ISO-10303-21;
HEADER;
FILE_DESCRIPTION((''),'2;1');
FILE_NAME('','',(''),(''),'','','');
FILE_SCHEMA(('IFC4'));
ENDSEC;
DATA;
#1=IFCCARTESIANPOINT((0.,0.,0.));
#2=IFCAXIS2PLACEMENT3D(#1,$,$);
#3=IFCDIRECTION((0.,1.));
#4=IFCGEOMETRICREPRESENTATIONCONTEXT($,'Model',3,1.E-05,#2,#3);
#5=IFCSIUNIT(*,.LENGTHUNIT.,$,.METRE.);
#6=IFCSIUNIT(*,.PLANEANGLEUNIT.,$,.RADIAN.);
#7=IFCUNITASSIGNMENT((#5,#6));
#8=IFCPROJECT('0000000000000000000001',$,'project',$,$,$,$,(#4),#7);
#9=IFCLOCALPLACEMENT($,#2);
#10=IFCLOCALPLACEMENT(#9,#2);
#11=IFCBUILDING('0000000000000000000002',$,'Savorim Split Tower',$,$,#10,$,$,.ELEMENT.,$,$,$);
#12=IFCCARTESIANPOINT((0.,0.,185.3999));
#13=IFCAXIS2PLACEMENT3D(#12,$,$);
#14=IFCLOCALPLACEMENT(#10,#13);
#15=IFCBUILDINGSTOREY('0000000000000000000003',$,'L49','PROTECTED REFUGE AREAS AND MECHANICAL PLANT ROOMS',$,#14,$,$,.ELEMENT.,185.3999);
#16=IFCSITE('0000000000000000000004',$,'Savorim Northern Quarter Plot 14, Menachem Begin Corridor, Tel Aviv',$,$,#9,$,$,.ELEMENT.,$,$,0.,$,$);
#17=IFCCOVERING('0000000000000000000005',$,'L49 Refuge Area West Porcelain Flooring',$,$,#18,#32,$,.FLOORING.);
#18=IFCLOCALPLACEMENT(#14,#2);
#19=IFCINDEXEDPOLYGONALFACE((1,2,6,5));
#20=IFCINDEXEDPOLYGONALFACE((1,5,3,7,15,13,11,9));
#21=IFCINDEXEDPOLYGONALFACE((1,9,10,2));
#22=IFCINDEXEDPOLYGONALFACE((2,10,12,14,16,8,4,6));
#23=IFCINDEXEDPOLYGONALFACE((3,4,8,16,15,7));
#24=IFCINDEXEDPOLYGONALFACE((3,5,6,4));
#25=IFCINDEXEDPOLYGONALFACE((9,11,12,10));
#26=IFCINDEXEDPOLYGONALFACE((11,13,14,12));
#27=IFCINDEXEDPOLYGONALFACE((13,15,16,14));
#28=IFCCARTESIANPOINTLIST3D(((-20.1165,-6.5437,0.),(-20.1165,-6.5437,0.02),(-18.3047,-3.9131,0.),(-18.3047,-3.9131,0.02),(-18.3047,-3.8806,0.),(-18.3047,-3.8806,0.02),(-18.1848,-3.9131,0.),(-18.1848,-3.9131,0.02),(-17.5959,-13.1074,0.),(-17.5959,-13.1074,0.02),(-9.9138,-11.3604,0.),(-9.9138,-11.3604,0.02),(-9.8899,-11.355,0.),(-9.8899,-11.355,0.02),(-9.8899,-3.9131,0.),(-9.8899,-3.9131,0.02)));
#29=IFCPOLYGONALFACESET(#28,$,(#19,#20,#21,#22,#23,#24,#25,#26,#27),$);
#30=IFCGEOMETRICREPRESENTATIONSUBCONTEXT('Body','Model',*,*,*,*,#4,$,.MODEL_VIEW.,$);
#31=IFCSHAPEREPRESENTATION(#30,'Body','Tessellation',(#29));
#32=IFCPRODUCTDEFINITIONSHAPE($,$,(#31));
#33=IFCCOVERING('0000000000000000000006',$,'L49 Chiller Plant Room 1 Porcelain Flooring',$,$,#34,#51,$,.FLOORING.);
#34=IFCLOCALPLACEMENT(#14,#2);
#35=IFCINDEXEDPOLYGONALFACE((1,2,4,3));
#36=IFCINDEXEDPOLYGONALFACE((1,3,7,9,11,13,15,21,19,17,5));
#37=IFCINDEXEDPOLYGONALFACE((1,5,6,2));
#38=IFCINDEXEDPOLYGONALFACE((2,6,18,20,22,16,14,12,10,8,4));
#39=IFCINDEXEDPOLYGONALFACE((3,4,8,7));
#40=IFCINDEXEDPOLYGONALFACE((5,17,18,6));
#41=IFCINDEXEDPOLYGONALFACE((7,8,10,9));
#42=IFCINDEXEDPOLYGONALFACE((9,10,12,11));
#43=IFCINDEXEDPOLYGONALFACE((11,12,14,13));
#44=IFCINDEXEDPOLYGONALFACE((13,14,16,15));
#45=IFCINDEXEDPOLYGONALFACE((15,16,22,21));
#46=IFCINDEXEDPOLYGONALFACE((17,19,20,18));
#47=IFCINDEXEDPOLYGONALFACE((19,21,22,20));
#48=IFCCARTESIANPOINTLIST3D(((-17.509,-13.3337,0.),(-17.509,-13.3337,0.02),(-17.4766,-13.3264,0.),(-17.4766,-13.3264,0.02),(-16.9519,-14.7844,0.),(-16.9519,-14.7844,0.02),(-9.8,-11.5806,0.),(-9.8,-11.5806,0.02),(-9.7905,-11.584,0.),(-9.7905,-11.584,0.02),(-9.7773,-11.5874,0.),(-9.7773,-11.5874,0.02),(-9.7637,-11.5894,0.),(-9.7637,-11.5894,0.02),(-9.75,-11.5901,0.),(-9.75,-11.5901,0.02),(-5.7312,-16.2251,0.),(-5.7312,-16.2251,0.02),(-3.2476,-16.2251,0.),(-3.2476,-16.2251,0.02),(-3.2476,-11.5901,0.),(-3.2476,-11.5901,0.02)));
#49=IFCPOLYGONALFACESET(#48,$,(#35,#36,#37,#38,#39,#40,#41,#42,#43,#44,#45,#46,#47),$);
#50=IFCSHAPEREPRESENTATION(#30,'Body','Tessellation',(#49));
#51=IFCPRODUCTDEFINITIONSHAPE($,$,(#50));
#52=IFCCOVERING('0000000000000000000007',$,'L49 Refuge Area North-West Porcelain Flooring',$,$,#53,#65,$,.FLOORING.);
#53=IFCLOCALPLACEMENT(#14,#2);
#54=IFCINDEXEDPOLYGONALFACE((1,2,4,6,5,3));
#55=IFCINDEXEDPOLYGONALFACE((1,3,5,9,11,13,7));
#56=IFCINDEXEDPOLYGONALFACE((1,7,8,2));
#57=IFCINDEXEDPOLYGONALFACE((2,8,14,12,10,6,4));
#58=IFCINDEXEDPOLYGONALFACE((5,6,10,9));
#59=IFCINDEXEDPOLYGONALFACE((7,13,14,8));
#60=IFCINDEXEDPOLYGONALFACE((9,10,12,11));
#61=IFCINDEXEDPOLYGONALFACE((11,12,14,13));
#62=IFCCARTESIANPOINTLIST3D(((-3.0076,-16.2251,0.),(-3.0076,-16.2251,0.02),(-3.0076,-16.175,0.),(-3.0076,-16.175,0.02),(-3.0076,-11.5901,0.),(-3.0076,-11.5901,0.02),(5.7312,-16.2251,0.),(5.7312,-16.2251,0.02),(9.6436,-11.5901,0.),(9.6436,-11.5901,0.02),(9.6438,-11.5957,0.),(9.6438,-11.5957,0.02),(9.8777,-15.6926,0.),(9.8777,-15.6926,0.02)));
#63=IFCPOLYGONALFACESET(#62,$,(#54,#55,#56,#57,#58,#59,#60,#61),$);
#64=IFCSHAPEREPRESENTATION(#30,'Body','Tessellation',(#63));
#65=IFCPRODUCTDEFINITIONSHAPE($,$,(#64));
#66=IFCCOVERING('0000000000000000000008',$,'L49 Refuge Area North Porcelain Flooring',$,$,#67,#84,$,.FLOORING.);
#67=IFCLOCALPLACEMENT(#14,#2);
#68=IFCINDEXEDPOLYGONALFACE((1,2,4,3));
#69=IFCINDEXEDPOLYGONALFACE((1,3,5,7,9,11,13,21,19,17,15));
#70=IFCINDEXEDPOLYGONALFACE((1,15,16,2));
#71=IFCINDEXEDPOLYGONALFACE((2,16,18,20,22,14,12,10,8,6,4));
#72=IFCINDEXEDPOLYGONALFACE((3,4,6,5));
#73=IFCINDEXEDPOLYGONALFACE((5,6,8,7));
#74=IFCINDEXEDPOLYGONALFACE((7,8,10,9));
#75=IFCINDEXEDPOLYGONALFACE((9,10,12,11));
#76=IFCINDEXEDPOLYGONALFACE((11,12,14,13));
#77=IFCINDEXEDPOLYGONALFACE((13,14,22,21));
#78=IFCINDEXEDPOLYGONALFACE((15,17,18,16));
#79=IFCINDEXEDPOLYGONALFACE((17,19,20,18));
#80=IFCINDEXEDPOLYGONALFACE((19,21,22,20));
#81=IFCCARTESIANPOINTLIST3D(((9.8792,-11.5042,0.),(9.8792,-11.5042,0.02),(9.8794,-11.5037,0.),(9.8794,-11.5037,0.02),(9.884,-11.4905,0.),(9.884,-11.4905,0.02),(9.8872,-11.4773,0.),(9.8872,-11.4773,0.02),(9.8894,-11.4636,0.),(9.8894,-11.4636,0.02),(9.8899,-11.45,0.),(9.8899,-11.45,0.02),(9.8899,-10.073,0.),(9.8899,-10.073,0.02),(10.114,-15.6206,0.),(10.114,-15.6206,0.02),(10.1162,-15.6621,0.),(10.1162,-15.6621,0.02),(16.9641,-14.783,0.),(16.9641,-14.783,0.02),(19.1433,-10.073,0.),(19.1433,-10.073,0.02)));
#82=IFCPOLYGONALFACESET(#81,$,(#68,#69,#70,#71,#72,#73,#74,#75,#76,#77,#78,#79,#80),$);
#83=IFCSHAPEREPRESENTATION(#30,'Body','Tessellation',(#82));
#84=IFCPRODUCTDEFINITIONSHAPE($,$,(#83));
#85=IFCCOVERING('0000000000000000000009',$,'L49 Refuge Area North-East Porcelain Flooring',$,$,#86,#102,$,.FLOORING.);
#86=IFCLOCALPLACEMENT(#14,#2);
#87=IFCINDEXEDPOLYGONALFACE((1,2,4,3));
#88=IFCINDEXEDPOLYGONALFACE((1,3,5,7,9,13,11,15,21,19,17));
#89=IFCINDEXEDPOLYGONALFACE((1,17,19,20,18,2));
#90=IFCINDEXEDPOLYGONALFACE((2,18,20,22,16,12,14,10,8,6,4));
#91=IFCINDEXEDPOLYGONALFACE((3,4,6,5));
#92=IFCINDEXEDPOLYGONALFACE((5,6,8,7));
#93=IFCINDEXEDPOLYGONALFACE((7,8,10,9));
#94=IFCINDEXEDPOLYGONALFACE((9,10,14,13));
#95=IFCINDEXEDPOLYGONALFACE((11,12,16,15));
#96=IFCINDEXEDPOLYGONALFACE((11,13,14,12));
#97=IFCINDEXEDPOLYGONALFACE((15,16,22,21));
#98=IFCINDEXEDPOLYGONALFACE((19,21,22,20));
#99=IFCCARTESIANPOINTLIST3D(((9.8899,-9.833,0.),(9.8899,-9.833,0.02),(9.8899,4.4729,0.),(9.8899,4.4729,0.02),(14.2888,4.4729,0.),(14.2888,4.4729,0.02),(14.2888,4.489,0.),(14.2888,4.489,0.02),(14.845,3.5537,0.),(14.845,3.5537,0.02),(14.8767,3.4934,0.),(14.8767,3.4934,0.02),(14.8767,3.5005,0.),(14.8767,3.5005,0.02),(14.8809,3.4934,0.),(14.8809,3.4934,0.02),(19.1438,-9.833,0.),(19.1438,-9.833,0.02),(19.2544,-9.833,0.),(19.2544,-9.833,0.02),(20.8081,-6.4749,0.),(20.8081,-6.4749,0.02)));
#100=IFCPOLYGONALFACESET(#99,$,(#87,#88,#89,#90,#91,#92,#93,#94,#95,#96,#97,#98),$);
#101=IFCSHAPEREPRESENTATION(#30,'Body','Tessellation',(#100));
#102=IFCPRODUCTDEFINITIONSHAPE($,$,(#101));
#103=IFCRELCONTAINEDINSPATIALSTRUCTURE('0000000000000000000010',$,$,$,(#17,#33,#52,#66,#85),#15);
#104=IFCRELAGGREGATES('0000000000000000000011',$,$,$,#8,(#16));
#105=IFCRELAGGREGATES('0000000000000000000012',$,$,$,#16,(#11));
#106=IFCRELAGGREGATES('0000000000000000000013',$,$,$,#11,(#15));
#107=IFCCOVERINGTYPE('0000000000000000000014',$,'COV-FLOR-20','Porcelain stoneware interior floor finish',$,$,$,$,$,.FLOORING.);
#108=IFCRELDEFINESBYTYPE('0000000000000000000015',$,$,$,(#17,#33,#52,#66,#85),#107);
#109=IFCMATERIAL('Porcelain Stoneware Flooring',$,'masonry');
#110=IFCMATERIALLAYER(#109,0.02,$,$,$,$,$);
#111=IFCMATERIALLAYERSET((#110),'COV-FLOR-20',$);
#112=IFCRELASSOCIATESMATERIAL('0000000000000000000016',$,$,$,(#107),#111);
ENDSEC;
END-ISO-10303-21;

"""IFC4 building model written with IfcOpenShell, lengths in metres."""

from ifc_helpers import new_model, si_unit, direction, frame, origin, place, context, subcontext, project, spatial, polyline, outline, extrude, material, layer, layer_set, type_object, element, save


model = new_model("IFC4")

# Units and contexts
model_context = context("Model", 3, precision=1e-05, world=origin(), true_north=direction((0.0, 1.0)))
body_context = subcontext(model_context, "Body", "Model", "MODEL_VIEW")
ifc_project = project(units=[si_unit("LENGTHUNIT", "METRE"), si_unit("PLANEANGLEUNIT", "RADIAN")], contexts=[model_context])

# Site, building, storey
site_placement = place(None, origin())
site = spatial("IfcSite", under=ifc_project, at=site_placement, Name="Savorim Northern Quarter Plot 14, Menachem Begin Corridor, Tel Aviv", CompositionType="ELEMENT", RefElevation=0.0)
building_placement = place(site_placement, origin())
building = spatial("IfcBuilding", under=site, at=building_placement, Name="Savorim Split Tower", CompositionType="ELEMENT")
storey_placement = place(building_placement, frame((0.0, 0.0, 185.3999)))
storey = spatial("IfcBuildingStorey", under=building, at=storey_placement, Name="L49", Description="PROTECTED REFUGE AREAS AND MECHANICAL PLANT ROOMS", CompositionType="ELEMENT", Elevation=185.3999)

# Coverings
ifc_material_1 = material(Name="Porcelain Stoneware Flooring", Category="masonry")
ifc_layer_1 = layer(ifc_material_1, 0.02)
ifc_layer_set_1 = layer_set([ifc_layer_1], Name="COV-FLOR-20")
covering_type_1 = type_object("IfcCoveringType", Name="COV-FLOR-20", Description="Porcelain stoneware interior floor finish", PredefinedType="FLOORING", material=ifc_layer_set_1)
covering_1_placement = place(storey_placement, origin())
element("IfcCovering", 1, at=covering_1_placement, inside=storey, type_object=covering_type_1, Name="L49 Refuge Area West Porcelain Flooring", PredefinedType="FLOORING", context=body_context, shape_type="SweptSolid", body=[
    extrude(outline(polyline([(-18.3047, -3.9131), (-18.3047, -3.8806), (-20.1165, -6.5437), (-17.5959, -13.1074), (-9.9138, -11.3604), (-9.8899, -11.355), (-9.8899, -3.9131), (-18.1848, -3.9131), (-18.3047, -3.9131)])), origin(), (0.0, 0.0, 1.0), 0.02),
])
covering_2_placement = place(storey_placement, origin())
element("IfcCovering", 2, at=covering_2_placement, inside=storey, type_object=covering_type_1, Name="L49 Chiller Plant Room 1 Porcelain Flooring", PredefinedType="FLOORING", context=body_context, shape_type="SweptSolid", body=[
    extrude(outline(polyline([(-17.509, -13.3337), (-16.9519, -14.7844), (-5.7312, -16.2251), (-3.2476, -16.2251), (-3.2476, -11.5901), (-9.75, -11.5901), (-9.7637, -11.5894), (-9.7773, -11.5874), (-9.7905, -11.584), (-9.8, -11.5806), (-17.4766, -13.3264), (-17.509, -13.3337)])), origin(), (0.0, 0.0, 1.0), 0.02),
])
covering_3_placement = place(storey_placement, origin())
element("IfcCovering", 3, at=covering_3_placement, inside=storey, type_object=covering_type_1, Name="L49 Refuge Area North-West Porcelain Flooring", PredefinedType="FLOORING", context=body_context, shape_type="SweptSolid", body=[
    extrude(outline(polyline([(-3.0076, -16.175), (-3.0076, -16.2251), (5.7312, -16.2251), (9.8777, -15.6926), (9.6438, -11.5957), (9.6436, -11.5901), (-3.0076, -11.5901), (-3.0076, -16.175)])), origin(), (0.0, 0.0, 1.0), 0.02),
])
covering_4_placement = place(storey_placement, origin())
element("IfcCovering", 4, at=covering_4_placement, inside=storey, type_object=covering_type_1, Name="L49 Refuge Area North Porcelain Flooring", PredefinedType="FLOORING", context=body_context, shape_type="SweptSolid", body=[
    extrude(outline(polyline([(10.114, -15.6206), (10.1162, -15.6621), (16.9641, -14.783), (19.1433, -10.073), (9.8899, -10.073), (9.8899, -11.45), (9.8894, -11.4636), (9.8872, -11.4773), (9.884, -11.4905), (9.8794, -11.5037), (9.8792, -11.5042), (10.114, -15.6206)])), origin(), (0.0, 0.0, 1.0), 0.02),
])
covering_5_placement = place(storey_placement, origin())
element("IfcCovering", 5, at=covering_5_placement, inside=storey, type_object=covering_type_1, Name="L49 Refuge Area North-East Porcelain Flooring", PredefinedType="FLOORING", context=body_context, shape_type="SweptSolid", body=[
    extrude(outline(polyline([(14.8767, 3.4934), (14.8767, 3.5005), (14.845, 3.5537), (14.2888, 4.489), (14.2888, 4.4729), (9.8899, 4.4729), (9.8899, -9.833), (19.1438, -9.833), (19.2544, -9.833), (20.8081, -6.4749), (14.8809, 3.4934), (14.8767, 3.4934)])), origin(), (0.0, 0.0, 1.0), 0.02),
])

save(model, "model.ifc")
